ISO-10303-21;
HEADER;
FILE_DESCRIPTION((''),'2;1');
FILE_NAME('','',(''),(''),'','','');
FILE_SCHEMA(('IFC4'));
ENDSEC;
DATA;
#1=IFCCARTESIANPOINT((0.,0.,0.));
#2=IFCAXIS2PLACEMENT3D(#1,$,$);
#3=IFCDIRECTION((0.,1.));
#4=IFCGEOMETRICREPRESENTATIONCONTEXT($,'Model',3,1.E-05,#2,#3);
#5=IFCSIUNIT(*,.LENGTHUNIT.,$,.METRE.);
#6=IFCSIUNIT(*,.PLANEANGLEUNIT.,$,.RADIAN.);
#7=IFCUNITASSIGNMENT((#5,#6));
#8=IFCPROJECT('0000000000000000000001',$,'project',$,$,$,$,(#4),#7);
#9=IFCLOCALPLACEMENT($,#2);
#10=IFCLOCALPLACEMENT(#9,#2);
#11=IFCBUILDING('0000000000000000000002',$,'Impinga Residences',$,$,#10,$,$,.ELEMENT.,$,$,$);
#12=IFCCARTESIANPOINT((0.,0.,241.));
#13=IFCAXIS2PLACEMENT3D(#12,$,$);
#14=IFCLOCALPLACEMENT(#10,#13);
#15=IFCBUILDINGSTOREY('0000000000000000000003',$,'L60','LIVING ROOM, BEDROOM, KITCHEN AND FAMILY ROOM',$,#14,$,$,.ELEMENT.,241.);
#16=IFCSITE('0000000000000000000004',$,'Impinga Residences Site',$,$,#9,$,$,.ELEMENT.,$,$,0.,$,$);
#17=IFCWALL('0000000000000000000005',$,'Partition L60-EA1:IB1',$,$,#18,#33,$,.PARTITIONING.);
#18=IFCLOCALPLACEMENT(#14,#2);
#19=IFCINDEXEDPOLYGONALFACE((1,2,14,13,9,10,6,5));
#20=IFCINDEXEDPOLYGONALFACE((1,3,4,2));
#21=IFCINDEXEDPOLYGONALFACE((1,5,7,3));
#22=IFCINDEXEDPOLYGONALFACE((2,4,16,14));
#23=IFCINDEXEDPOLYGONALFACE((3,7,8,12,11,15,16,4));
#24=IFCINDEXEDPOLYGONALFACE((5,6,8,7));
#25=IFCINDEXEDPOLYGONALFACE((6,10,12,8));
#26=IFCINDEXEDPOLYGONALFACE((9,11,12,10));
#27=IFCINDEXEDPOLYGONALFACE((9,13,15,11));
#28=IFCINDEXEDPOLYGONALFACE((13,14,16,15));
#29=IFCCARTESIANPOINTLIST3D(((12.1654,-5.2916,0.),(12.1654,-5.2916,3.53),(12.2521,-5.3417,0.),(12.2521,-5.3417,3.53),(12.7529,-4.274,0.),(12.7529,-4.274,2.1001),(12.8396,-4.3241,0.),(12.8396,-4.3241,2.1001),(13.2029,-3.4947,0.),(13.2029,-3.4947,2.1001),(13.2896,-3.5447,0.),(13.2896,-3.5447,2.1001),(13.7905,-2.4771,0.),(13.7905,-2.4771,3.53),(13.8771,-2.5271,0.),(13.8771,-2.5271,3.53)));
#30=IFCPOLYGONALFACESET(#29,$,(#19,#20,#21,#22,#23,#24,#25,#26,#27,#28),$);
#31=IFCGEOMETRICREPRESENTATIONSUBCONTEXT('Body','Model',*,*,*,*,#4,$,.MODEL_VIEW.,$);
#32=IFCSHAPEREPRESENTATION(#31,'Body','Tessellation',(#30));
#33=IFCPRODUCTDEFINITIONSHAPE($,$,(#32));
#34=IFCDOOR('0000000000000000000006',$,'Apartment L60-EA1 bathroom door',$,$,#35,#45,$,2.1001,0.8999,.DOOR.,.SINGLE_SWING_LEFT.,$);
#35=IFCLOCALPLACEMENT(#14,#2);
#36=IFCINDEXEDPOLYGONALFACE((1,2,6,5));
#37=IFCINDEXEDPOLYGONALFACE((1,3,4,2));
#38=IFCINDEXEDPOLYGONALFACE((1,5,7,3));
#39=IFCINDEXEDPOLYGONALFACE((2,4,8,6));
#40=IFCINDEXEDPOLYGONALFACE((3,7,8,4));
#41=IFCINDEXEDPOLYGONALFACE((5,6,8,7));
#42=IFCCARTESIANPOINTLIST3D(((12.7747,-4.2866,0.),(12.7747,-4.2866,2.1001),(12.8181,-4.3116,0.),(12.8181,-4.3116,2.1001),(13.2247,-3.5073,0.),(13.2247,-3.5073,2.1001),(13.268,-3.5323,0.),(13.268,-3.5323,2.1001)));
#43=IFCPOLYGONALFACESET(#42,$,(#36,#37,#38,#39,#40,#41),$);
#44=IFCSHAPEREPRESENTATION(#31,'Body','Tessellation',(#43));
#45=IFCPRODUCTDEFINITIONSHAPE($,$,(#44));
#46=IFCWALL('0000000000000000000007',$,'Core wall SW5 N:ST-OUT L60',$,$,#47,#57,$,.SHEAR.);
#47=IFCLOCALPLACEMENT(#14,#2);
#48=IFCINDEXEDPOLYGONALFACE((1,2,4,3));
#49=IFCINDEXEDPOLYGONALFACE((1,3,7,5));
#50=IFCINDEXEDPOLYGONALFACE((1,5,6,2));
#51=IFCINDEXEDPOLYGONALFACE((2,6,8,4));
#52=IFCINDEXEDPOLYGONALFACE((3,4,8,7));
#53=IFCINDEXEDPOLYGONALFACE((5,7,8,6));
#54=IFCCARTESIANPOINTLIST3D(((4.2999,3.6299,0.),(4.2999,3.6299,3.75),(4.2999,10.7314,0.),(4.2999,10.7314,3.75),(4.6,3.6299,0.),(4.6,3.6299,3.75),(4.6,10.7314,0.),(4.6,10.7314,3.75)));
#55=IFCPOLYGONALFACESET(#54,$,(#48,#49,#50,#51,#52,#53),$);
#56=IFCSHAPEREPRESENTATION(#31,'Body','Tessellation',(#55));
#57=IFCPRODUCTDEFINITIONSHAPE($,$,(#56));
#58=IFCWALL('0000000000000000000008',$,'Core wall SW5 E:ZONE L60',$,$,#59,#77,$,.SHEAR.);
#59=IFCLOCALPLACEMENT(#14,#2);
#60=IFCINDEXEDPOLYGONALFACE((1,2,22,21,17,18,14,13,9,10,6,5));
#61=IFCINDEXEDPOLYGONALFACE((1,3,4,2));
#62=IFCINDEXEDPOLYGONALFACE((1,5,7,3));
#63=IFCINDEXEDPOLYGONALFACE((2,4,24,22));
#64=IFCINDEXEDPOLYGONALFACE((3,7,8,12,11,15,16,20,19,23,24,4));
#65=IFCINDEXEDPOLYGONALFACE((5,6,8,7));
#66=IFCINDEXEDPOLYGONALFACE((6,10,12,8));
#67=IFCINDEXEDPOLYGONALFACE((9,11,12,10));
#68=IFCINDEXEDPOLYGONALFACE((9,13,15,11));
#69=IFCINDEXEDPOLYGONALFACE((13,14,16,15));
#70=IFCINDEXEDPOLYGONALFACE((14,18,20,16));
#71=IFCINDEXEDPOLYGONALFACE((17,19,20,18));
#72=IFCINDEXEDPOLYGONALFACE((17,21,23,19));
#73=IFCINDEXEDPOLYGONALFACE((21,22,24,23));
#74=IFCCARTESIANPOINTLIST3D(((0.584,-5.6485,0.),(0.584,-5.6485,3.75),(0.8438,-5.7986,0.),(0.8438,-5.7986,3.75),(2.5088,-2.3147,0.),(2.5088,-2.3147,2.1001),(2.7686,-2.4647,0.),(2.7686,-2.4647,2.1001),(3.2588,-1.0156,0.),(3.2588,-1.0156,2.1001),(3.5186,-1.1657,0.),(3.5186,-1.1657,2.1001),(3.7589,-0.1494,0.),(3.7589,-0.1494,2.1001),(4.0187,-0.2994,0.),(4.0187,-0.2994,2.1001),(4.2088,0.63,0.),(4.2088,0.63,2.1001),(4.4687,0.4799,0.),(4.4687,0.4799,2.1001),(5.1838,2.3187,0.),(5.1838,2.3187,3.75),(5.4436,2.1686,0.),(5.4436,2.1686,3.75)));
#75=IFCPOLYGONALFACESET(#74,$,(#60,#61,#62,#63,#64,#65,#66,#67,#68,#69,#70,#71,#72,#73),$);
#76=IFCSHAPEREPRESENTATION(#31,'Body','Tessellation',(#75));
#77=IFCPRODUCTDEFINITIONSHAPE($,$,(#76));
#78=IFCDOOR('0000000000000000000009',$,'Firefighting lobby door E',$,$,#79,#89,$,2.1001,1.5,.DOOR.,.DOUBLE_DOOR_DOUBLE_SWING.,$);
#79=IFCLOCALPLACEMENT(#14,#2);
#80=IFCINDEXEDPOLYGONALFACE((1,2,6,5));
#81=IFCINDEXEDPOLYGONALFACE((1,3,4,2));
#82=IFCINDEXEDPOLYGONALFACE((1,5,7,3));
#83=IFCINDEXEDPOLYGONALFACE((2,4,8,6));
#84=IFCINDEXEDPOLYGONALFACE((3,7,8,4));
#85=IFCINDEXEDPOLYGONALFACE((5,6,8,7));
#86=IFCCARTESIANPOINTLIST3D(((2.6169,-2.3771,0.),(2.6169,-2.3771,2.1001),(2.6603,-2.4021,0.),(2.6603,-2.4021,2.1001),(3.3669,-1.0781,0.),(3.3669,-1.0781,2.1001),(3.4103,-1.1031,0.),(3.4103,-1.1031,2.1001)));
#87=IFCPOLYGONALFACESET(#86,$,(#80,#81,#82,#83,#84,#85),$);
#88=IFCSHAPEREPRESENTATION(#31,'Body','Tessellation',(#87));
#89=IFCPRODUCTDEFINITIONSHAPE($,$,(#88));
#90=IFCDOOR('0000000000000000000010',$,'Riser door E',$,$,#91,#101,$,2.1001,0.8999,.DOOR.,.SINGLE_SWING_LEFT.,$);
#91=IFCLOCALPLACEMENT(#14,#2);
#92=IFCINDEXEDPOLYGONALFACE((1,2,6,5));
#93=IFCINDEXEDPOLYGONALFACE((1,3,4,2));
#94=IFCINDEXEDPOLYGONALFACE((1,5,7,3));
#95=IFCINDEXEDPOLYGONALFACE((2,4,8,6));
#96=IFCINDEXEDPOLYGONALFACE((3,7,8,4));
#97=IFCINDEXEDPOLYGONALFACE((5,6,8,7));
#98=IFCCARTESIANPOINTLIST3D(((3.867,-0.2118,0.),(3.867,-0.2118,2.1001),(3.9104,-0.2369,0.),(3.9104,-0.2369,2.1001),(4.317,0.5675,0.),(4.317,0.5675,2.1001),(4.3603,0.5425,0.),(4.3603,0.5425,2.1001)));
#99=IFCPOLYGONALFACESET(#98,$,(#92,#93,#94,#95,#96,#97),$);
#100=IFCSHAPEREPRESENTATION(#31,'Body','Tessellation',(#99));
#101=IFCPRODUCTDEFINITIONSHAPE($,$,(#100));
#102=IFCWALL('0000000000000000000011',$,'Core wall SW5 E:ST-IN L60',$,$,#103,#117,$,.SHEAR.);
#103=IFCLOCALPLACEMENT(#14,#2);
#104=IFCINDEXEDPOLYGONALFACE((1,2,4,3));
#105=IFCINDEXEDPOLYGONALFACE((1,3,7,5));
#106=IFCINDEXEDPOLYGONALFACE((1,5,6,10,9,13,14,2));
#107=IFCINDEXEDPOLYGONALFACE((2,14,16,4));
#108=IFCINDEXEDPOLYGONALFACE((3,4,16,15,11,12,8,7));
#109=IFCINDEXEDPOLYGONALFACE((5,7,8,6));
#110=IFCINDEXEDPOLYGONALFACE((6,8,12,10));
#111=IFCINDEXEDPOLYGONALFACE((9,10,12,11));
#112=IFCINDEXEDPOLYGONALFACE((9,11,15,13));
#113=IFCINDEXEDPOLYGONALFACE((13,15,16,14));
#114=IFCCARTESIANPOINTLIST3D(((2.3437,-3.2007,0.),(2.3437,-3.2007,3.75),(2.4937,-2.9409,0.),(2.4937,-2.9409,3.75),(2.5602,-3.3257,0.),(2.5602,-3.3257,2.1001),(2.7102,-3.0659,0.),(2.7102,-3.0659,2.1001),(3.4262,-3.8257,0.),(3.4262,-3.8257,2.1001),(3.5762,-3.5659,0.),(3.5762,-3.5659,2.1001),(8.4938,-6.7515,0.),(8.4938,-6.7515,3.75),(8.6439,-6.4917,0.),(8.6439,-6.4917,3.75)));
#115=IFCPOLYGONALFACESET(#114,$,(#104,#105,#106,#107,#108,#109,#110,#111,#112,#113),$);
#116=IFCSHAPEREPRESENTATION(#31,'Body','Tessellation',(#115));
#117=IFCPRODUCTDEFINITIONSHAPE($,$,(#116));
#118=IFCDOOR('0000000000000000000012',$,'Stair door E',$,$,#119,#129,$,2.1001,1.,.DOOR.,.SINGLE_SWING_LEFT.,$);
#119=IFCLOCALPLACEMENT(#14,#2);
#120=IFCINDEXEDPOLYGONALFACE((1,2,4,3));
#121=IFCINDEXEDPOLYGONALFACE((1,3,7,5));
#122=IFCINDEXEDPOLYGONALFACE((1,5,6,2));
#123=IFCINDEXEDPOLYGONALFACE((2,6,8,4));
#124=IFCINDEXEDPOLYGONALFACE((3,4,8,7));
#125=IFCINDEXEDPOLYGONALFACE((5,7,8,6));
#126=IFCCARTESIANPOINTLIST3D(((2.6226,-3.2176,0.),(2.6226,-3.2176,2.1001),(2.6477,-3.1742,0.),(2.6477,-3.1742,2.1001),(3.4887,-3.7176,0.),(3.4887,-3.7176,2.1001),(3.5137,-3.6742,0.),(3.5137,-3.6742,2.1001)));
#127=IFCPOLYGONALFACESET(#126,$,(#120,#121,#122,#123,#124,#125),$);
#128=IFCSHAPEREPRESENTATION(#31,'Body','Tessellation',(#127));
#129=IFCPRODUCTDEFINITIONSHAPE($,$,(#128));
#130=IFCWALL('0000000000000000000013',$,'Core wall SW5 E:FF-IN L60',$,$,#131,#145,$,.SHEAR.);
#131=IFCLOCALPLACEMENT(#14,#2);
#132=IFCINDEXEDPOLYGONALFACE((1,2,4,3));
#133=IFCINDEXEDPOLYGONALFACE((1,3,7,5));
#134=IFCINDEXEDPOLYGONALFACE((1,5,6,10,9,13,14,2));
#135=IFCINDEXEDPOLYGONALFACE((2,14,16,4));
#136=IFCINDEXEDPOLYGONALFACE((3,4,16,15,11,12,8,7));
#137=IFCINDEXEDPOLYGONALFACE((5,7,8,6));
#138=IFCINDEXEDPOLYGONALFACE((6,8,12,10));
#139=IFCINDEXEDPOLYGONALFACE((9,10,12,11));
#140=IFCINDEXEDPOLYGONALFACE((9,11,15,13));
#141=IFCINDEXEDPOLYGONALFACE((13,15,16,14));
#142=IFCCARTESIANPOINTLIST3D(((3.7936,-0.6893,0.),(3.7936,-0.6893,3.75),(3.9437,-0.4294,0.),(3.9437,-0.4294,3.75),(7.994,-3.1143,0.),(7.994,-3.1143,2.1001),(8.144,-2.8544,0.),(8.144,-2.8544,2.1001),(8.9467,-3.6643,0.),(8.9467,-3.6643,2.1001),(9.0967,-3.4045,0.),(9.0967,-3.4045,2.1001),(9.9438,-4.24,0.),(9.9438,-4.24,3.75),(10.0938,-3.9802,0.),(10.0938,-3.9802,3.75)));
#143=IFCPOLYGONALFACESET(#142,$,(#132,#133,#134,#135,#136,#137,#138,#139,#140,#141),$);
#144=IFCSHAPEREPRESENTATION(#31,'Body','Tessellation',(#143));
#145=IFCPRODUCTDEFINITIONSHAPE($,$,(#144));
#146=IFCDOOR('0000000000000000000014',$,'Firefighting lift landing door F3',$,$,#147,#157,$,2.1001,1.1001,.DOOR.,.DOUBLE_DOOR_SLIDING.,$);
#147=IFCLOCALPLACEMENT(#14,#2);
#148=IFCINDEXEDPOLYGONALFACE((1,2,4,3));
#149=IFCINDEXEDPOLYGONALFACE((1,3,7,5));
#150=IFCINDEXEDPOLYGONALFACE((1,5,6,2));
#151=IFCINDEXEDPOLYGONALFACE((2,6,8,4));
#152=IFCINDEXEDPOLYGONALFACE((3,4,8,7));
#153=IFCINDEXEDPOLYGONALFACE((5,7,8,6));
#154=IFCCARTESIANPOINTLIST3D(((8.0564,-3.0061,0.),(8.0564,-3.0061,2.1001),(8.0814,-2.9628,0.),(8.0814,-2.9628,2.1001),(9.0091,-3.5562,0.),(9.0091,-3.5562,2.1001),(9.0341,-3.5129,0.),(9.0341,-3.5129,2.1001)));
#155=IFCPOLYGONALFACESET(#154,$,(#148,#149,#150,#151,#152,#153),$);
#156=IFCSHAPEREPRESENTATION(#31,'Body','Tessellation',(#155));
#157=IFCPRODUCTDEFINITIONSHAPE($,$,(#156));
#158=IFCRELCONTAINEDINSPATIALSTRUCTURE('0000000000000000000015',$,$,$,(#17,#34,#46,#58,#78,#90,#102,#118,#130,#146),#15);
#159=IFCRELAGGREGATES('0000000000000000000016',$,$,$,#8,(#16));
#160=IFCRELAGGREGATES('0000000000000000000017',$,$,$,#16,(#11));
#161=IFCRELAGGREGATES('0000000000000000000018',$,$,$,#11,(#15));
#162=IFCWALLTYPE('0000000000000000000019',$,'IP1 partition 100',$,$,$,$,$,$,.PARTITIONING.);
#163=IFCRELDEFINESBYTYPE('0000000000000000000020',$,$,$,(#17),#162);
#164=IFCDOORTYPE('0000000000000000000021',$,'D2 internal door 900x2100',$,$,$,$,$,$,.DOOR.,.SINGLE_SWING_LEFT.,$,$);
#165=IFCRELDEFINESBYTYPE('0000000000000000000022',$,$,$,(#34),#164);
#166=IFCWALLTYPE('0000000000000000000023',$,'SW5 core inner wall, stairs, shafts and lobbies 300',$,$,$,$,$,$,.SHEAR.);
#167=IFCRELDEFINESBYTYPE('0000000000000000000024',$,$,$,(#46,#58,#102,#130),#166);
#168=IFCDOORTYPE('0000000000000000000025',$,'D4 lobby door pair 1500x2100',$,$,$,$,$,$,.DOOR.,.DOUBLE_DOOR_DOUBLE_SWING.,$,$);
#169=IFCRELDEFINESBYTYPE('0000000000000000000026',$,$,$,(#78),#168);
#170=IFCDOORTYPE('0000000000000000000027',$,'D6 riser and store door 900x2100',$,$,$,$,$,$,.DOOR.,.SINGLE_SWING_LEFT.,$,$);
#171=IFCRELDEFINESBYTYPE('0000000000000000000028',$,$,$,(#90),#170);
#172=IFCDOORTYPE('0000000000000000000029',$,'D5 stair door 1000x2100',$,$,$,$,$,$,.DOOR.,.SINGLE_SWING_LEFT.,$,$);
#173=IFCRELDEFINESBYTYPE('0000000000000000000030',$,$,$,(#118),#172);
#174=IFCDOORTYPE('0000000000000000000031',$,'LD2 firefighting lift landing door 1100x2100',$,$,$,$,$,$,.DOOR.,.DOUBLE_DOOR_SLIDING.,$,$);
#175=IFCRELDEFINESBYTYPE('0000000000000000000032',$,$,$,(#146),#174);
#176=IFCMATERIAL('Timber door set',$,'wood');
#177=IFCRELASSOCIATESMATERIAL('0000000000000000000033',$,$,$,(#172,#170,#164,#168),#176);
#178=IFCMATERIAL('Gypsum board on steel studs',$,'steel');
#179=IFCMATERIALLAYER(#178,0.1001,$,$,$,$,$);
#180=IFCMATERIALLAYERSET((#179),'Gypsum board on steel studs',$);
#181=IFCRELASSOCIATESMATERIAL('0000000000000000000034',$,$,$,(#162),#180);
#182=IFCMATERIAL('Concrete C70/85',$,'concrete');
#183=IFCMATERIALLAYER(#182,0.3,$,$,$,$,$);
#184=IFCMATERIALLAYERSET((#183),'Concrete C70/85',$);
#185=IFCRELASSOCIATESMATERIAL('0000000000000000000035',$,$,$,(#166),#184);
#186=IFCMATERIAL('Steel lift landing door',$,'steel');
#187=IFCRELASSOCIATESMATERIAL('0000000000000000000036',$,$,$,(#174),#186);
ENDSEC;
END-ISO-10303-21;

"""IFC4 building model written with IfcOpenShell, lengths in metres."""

from ifc_helpers import new_model, si_unit, direction, frame, frame_2d, origin, place, context, subcontext, project, spatial, rectangle, extrude, material, layer, layer_set, type_object, element, fill, save


model = new_model("IFC4")

# Units and contexts
model_context = context("Model", 3, precision=1e-05, world=origin(), true_north=direction((0.0, 1.0)))
body_context = subcontext(model_context, "Body", "Model", "MODEL_VIEW")
ifc_project = project(units=[si_unit("LENGTHUNIT", "METRE"), si_unit("PLANEANGLEUNIT", "RADIAN")], contexts=[model_context])

# Site, building, storey
site_placement = place(None, origin())
site = spatial("IfcSite", under=ifc_project, at=site_placement, Name="Impinga Residences Site", CompositionType="ELEMENT", RefElevation=0.0)
building_placement = place(site_placement, origin())
building = spatial("IfcBuilding", under=site, at=building_placement, Name="Impinga Residences", CompositionType="ELEMENT")
storey_placement = place(building_placement, frame((0.0, 0.0, 241.0)))
storey = spatial("IfcBuildingStorey", under=building, at=storey_placement, Name="L60", Description="LIVING ROOM, BEDROOM, KITCHEN AND FAMILY ROOM", CompositionType="ELEMENT", Elevation=241.0)

# Shared definitions
ifc_material_1 = material(Name="Timber door set", Category="wood")
door_type_1 = type_object("IfcDoorType", Name="D5 stair door 1000x2100", OperationType="SINGLE_SWING_LEFT", PredefinedType="DOOR", material=ifc_material_1)

# Shared definitions
door_type_2 = type_object("IfcDoorType", Name="D6 riser and store door 900x2100", OperationType="SINGLE_SWING_LEFT", PredefinedType="DOOR", material=ifc_material_1)

# Shared definitions
ifc_material_2 = material(Name="Gypsum board on steel studs", Category="steel")
ifc_layer_1 = layer(ifc_material_2, 0.1001)
ifc_layer_set_1 = layer_set([ifc_layer_1], Name="Gypsum board on steel studs")
wall_type_1 = type_object("IfcWallType", Name="IP1 partition 100", PredefinedType="PARTITIONING", material=ifc_layer_set_1)

# Wall, opening, door
wall_1_placement = place(storey_placement, frame((12.2087, -5.3167, 0.0), z_axis=(0.0, 0.0, 1.0), x_axis=(0.500017, 0.866015, 0.0)))
wall_1 = element("IfcWall", 1, at=wall_1_placement, inside=storey, type_object=wall_type_1, Name="Partition L60-EA1:IB1", PredefinedType="PARTITIONING", context=body_context, shape_type="SweptSolid", body=[
    extrude(rectangle(XDim=3.25, YDim=0.1001, at=frame_2d((1.625, 0.0))), origin(), (0.0, 0.0, 1.0), 3.53),
])
opening_1_placement = place(wall_1_placement, frame((1.175, 0.0, 0.0)))
opening_1 = element("IfcOpeningElement", 2, at=opening_1_placement, cuts=wall_1, PredefinedType="OPENING", context=body_context, shape_type="SweptSolid", body=[
    extrude(rectangle(XDim=0.8999, YDim=2.1001, at=frame_2d((0.45, 1.05))), frame((0.0, 0.0601, 0.0), z_axis=(0.0, -1.0, 0.0), x_axis=(1.0, 0.0, 0.0)), (0.0, 0.0, 1.0), 0.1201),
])
door_type_3 = type_object("IfcDoorType", Name="D2 internal door 900x2100", OperationType="SINGLE_SWING_LEFT", PredefinedType="DOOR", material=ifc_material_1)
door_1_placement = place(opening_1_placement, origin())
door_1 = element("IfcDoor", 3, at=door_1_placement, inside=storey, type_object=door_type_3, Name="Apartment L60-EA1 bathroom door", OperationType="SINGLE_SWING_LEFT", OverallHeight=2.1001, OverallWidth=0.8999, PredefinedType="DOOR", context=body_context, shape_type="SweptSolid", body=[
    extrude(rectangle(XDim=0.8999, YDim=2.1001, at=frame_2d((0.45, 1.05))), frame((0.0, 0.0249, 0.0), z_axis=(0.0, -1.0, 0.0), x_axis=(1.0, 0.0, 0.0)), (0.0, 0.0, 1.0), 0.05),
])
fill(opening_1, door_1)

# Wall
ifc_material_3 = material(Name="Concrete C70/85", Category="concrete")
ifc_layer_2 = layer(ifc_material_3, 0.3)
ifc_layer_set_2 = layer_set([ifc_layer_2], Name="Concrete C70/85")
wall_type_2 = type_object("IfcWallType", Name="SW5 core inner wall, stairs, shafts and lobbies 300", PredefinedType="SHEAR", material=ifc_layer_set_2)
wall_2_placement = place(storey_placement, frame((4.45, 3.6299, 0.0), z_axis=(0.0, 0.0, 1.0), x_axis=(0.0, 1.0, 0.0)))
element("IfcWall", 4, at=wall_2_placement, inside=storey, type_object=wall_type_2, Name="Core wall SW5 N:ST-OUT L60", PredefinedType="SHEAR", context=body_context, shape_type="SweptSolid", body=[
    extrude(rectangle(XDim=7.1016, YDim=0.3, at=frame_2d((3.5508, 0.0))), origin(), (0.0, 0.0, 1.0), 3.75),
])

# Wall, openings, doors
wall_3_placement = place(storey_placement, frame((5.3137, 2.2437, 0.0), z_axis=(0.0, 0.0, 1.0), x_axis=(-0.499995, -0.866028, 0.0)))
wall_3 = element("IfcWall", 5, at=wall_3_placement, inside=storey, type_object=wall_type_2, Name="Core wall SW5 E:ZONE L60", PredefinedType="SHEAR", context=body_context, shape_type="SweptSolid", body=[
    extrude(rectangle(XDim=9.1997, YDim=0.3, at=frame_2d((4.5999, 0.0))), origin(), (0.0, 0.0, 1.0), 3.75),
])
opening_2_placement = place(wall_3_placement, frame((3.8501, 0.0, 0.0)))
opening_2 = element("IfcOpeningElement", 6, at=opening_2_placement, cuts=wall_3, PredefinedType="OPENING", context=body_context, shape_type="SweptSolid", body=[
    extrude(rectangle(XDim=1.5, YDim=2.1001, at=frame_2d((0.75, 1.05))), frame((0.0, 0.1599, 0.0), z_axis=(0.0, -1.0, 0.0), x_axis=(1.0, 0.0, 0.0)), (0.0, 0.0, 1.0), 0.3201),
])
opening_3_placement = place(wall_3_placement, frame((1.95, 0.0, 0.0)))
opening_3 = element("IfcOpeningElement", 7, at=opening_3_placement, cuts=wall_3, PredefinedType="OPENING", context=body_context, shape_type="SweptSolid", body=[
    extrude(rectangle(XDim=0.8999, YDim=2.1001, at=frame_2d((0.45, 1.05))), frame((0.0, 0.1599, 0.0), z_axis=(0.0, -1.0, 0.0), x_axis=(1.0, 0.0, 0.0)), (0.0, 0.0, 1.0), 0.3201),
])
door_type_4 = type_object("IfcDoorType", Name="D4 lobby door pair 1500x2100", OperationType="DOUBLE_DOOR_DOUBLE_SWING", PredefinedType="DOOR", material=ifc_material_1)
door_2_placement = place(opening_2_placement, origin())
door_2 = element("IfcDoor", 8, at=door_2_placement, inside=storey, type_object=door_type_4, Name="Firefighting lobby door E", OperationType="DOUBLE_DOOR_DOUBLE_SWING", OverallHeight=2.1001, OverallWidth=1.5, PredefinedType="DOOR", context=body_context, shape_type="SweptSolid", body=[
    extrude(rectangle(XDim=1.5, YDim=2.1001, at=frame_2d((0.75, 1.05))), frame((0.0, 0.0249, 0.0), z_axis=(0.0, -1.0, 0.0), x_axis=(1.0, 0.0, 0.0)), (0.0, 0.0, 1.0), 0.05),
])
fill(opening_2, door_2)
door_3_placement = place(opening_3_placement, origin())
door_3 = element("IfcDoor", 9, at=door_3_placement, inside=storey, type_object=door_type_2, Name="Riser door E", OperationType="SINGLE_SWING_LEFT", OverallHeight=2.1001, OverallWidth=0.8999, PredefinedType="DOOR", context=body_context, shape_type="SweptSolid", body=[
    extrude(rectangle(XDim=0.8999, YDim=2.1001, at=frame_2d((0.45, 1.05))), frame((0.0, 0.0249, 0.0), z_axis=(0.0, -1.0, 0.0), x_axis=(1.0, 0.0, 0.0)), (0.0, 0.0, 1.0), 0.05),
])
fill(opening_3, door_3)

# Walls, openings, doors
wall_4_placement = place(storey_placement, frame((2.4187, -3.0708, 0.0), z_axis=(0.0, 0.0, 1.0), x_axis=(0.866026, -0.499999, 0.0)))
wall_4 = element("IfcWall", 10, at=wall_4_placement, inside=storey, type_object=wall_type_2, Name="Core wall SW5 E:ST-IN L60", PredefinedType="SHEAR", context=body_context, shape_type="SweptSolid", body=[
    extrude(rectangle(XDim=7.1016, YDim=0.3, at=frame_2d((3.5508, 0.0))), origin(), (0.0, 0.0, 1.0), 3.75),
])
opening_4_placement = place(wall_4_placement, frame((0.25, 0.0, 0.0)))
opening_4 = element("IfcOpeningElement", 11, at=opening_4_placement, cuts=wall_4, PredefinedType="OPENING", context=body_context, shape_type="SweptSolid", body=[
    extrude(rectangle(XDim=1.0, YDim=2.1001, at=frame_2d((0.5, 1.05))), frame((0.0, 0.1599, 0.0), z_axis=(0.0, -1.0, 0.0), x_axis=(1.0, 0.0, 0.0)), (0.0, 0.0, 1.0), 0.3201),
])
door_4_placement = place(opening_4_placement, origin())
door_4 = element("IfcDoor", 12, at=door_4_placement, inside=storey, type_object=door_type_1, Name="Stair door E", OperationType="SINGLE_SWING_LEFT", OverallHeight=2.1001, OverallWidth=1.0, PredefinedType="DOOR", context=body_context, shape_type="SweptSolid", body=[
    extrude(rectangle(XDim=1.0, YDim=2.1001, at=frame_2d((0.5, 1.05))), frame((0.0, 0.0249, 0.0), z_axis=(0.0, -1.0, 0.0), x_axis=(1.0, 0.0, 0.0)), (0.0, 0.0, 1.0), 0.05),
])
fill(opening_4, door_4)
wall_5_placement = place(storey_placement, frame((3.8687, -0.5593, 0.0), z_axis=(0.0, 0.0, 1.0), x_axis=(0.866026, -0.499999, 0.0)))
wall_5 = element("IfcWall", 13, at=wall_5_placement, inside=storey, type_object=wall_type_2, Name="Core wall SW5 E:FF-IN L60", PredefinedType="SHEAR", context=body_context, shape_type="SweptSolid", body=[
    extrude(rectangle(XDim=7.1016, YDim=0.3, at=frame_2d((3.5508, 0.0))), origin(), (0.0, 0.0, 1.0), 3.75),
])
opening_5_placement = place(wall_5_placement, frame((4.8501, 0.0, 0.0)))
opening_5 = element("IfcOpeningElement", 14, at=opening_5_placement, cuts=wall_5, PredefinedType="OPENING", context=body_context, shape_type="SweptSolid", body=[
    extrude(rectangle(XDim=1.1001, YDim=2.1001, at=frame_2d((0.55, 1.05))), frame((0.0, 0.1599, 0.0), z_axis=(0.0, -1.0, 0.0), x_axis=(1.0, 0.0, 0.0)), (0.0, 0.0, 1.0), 0.3201),
])
ifc_material_4 = material(Name="Steel lift landing door", Category="steel")
door_type_5 = type_object("IfcDoorType", Name="LD2 firefighting lift landing door 1100x2100", OperationType="DOUBLE_DOOR_SLIDING", PredefinedType="DOOR", material=ifc_material_4)
door_5_placement = place(opening_5_placement, origin())
door_5 = element("IfcDoor", 15, at=door_5_placement, inside=storey, type_object=door_type_5, Name="Firefighting lift landing door F3", OperationType="DOUBLE_DOOR_SLIDING", OverallHeight=2.1001, OverallWidth=1.1001, PredefinedType="DOOR", context=body_context, shape_type="SweptSolid", body=[
    extrude(rectangle(XDim=1.1001, YDim=2.1001, at=frame_2d((0.55, 1.05))), frame((0.0, 0.0249, 0.0), z_axis=(0.0, -1.0, 0.0), x_axis=(1.0, 0.0, 0.0)), (0.0, 0.0, 1.0), 0.05),
])
fill(opening_5, door_5)

save(model, "model.ifc")
